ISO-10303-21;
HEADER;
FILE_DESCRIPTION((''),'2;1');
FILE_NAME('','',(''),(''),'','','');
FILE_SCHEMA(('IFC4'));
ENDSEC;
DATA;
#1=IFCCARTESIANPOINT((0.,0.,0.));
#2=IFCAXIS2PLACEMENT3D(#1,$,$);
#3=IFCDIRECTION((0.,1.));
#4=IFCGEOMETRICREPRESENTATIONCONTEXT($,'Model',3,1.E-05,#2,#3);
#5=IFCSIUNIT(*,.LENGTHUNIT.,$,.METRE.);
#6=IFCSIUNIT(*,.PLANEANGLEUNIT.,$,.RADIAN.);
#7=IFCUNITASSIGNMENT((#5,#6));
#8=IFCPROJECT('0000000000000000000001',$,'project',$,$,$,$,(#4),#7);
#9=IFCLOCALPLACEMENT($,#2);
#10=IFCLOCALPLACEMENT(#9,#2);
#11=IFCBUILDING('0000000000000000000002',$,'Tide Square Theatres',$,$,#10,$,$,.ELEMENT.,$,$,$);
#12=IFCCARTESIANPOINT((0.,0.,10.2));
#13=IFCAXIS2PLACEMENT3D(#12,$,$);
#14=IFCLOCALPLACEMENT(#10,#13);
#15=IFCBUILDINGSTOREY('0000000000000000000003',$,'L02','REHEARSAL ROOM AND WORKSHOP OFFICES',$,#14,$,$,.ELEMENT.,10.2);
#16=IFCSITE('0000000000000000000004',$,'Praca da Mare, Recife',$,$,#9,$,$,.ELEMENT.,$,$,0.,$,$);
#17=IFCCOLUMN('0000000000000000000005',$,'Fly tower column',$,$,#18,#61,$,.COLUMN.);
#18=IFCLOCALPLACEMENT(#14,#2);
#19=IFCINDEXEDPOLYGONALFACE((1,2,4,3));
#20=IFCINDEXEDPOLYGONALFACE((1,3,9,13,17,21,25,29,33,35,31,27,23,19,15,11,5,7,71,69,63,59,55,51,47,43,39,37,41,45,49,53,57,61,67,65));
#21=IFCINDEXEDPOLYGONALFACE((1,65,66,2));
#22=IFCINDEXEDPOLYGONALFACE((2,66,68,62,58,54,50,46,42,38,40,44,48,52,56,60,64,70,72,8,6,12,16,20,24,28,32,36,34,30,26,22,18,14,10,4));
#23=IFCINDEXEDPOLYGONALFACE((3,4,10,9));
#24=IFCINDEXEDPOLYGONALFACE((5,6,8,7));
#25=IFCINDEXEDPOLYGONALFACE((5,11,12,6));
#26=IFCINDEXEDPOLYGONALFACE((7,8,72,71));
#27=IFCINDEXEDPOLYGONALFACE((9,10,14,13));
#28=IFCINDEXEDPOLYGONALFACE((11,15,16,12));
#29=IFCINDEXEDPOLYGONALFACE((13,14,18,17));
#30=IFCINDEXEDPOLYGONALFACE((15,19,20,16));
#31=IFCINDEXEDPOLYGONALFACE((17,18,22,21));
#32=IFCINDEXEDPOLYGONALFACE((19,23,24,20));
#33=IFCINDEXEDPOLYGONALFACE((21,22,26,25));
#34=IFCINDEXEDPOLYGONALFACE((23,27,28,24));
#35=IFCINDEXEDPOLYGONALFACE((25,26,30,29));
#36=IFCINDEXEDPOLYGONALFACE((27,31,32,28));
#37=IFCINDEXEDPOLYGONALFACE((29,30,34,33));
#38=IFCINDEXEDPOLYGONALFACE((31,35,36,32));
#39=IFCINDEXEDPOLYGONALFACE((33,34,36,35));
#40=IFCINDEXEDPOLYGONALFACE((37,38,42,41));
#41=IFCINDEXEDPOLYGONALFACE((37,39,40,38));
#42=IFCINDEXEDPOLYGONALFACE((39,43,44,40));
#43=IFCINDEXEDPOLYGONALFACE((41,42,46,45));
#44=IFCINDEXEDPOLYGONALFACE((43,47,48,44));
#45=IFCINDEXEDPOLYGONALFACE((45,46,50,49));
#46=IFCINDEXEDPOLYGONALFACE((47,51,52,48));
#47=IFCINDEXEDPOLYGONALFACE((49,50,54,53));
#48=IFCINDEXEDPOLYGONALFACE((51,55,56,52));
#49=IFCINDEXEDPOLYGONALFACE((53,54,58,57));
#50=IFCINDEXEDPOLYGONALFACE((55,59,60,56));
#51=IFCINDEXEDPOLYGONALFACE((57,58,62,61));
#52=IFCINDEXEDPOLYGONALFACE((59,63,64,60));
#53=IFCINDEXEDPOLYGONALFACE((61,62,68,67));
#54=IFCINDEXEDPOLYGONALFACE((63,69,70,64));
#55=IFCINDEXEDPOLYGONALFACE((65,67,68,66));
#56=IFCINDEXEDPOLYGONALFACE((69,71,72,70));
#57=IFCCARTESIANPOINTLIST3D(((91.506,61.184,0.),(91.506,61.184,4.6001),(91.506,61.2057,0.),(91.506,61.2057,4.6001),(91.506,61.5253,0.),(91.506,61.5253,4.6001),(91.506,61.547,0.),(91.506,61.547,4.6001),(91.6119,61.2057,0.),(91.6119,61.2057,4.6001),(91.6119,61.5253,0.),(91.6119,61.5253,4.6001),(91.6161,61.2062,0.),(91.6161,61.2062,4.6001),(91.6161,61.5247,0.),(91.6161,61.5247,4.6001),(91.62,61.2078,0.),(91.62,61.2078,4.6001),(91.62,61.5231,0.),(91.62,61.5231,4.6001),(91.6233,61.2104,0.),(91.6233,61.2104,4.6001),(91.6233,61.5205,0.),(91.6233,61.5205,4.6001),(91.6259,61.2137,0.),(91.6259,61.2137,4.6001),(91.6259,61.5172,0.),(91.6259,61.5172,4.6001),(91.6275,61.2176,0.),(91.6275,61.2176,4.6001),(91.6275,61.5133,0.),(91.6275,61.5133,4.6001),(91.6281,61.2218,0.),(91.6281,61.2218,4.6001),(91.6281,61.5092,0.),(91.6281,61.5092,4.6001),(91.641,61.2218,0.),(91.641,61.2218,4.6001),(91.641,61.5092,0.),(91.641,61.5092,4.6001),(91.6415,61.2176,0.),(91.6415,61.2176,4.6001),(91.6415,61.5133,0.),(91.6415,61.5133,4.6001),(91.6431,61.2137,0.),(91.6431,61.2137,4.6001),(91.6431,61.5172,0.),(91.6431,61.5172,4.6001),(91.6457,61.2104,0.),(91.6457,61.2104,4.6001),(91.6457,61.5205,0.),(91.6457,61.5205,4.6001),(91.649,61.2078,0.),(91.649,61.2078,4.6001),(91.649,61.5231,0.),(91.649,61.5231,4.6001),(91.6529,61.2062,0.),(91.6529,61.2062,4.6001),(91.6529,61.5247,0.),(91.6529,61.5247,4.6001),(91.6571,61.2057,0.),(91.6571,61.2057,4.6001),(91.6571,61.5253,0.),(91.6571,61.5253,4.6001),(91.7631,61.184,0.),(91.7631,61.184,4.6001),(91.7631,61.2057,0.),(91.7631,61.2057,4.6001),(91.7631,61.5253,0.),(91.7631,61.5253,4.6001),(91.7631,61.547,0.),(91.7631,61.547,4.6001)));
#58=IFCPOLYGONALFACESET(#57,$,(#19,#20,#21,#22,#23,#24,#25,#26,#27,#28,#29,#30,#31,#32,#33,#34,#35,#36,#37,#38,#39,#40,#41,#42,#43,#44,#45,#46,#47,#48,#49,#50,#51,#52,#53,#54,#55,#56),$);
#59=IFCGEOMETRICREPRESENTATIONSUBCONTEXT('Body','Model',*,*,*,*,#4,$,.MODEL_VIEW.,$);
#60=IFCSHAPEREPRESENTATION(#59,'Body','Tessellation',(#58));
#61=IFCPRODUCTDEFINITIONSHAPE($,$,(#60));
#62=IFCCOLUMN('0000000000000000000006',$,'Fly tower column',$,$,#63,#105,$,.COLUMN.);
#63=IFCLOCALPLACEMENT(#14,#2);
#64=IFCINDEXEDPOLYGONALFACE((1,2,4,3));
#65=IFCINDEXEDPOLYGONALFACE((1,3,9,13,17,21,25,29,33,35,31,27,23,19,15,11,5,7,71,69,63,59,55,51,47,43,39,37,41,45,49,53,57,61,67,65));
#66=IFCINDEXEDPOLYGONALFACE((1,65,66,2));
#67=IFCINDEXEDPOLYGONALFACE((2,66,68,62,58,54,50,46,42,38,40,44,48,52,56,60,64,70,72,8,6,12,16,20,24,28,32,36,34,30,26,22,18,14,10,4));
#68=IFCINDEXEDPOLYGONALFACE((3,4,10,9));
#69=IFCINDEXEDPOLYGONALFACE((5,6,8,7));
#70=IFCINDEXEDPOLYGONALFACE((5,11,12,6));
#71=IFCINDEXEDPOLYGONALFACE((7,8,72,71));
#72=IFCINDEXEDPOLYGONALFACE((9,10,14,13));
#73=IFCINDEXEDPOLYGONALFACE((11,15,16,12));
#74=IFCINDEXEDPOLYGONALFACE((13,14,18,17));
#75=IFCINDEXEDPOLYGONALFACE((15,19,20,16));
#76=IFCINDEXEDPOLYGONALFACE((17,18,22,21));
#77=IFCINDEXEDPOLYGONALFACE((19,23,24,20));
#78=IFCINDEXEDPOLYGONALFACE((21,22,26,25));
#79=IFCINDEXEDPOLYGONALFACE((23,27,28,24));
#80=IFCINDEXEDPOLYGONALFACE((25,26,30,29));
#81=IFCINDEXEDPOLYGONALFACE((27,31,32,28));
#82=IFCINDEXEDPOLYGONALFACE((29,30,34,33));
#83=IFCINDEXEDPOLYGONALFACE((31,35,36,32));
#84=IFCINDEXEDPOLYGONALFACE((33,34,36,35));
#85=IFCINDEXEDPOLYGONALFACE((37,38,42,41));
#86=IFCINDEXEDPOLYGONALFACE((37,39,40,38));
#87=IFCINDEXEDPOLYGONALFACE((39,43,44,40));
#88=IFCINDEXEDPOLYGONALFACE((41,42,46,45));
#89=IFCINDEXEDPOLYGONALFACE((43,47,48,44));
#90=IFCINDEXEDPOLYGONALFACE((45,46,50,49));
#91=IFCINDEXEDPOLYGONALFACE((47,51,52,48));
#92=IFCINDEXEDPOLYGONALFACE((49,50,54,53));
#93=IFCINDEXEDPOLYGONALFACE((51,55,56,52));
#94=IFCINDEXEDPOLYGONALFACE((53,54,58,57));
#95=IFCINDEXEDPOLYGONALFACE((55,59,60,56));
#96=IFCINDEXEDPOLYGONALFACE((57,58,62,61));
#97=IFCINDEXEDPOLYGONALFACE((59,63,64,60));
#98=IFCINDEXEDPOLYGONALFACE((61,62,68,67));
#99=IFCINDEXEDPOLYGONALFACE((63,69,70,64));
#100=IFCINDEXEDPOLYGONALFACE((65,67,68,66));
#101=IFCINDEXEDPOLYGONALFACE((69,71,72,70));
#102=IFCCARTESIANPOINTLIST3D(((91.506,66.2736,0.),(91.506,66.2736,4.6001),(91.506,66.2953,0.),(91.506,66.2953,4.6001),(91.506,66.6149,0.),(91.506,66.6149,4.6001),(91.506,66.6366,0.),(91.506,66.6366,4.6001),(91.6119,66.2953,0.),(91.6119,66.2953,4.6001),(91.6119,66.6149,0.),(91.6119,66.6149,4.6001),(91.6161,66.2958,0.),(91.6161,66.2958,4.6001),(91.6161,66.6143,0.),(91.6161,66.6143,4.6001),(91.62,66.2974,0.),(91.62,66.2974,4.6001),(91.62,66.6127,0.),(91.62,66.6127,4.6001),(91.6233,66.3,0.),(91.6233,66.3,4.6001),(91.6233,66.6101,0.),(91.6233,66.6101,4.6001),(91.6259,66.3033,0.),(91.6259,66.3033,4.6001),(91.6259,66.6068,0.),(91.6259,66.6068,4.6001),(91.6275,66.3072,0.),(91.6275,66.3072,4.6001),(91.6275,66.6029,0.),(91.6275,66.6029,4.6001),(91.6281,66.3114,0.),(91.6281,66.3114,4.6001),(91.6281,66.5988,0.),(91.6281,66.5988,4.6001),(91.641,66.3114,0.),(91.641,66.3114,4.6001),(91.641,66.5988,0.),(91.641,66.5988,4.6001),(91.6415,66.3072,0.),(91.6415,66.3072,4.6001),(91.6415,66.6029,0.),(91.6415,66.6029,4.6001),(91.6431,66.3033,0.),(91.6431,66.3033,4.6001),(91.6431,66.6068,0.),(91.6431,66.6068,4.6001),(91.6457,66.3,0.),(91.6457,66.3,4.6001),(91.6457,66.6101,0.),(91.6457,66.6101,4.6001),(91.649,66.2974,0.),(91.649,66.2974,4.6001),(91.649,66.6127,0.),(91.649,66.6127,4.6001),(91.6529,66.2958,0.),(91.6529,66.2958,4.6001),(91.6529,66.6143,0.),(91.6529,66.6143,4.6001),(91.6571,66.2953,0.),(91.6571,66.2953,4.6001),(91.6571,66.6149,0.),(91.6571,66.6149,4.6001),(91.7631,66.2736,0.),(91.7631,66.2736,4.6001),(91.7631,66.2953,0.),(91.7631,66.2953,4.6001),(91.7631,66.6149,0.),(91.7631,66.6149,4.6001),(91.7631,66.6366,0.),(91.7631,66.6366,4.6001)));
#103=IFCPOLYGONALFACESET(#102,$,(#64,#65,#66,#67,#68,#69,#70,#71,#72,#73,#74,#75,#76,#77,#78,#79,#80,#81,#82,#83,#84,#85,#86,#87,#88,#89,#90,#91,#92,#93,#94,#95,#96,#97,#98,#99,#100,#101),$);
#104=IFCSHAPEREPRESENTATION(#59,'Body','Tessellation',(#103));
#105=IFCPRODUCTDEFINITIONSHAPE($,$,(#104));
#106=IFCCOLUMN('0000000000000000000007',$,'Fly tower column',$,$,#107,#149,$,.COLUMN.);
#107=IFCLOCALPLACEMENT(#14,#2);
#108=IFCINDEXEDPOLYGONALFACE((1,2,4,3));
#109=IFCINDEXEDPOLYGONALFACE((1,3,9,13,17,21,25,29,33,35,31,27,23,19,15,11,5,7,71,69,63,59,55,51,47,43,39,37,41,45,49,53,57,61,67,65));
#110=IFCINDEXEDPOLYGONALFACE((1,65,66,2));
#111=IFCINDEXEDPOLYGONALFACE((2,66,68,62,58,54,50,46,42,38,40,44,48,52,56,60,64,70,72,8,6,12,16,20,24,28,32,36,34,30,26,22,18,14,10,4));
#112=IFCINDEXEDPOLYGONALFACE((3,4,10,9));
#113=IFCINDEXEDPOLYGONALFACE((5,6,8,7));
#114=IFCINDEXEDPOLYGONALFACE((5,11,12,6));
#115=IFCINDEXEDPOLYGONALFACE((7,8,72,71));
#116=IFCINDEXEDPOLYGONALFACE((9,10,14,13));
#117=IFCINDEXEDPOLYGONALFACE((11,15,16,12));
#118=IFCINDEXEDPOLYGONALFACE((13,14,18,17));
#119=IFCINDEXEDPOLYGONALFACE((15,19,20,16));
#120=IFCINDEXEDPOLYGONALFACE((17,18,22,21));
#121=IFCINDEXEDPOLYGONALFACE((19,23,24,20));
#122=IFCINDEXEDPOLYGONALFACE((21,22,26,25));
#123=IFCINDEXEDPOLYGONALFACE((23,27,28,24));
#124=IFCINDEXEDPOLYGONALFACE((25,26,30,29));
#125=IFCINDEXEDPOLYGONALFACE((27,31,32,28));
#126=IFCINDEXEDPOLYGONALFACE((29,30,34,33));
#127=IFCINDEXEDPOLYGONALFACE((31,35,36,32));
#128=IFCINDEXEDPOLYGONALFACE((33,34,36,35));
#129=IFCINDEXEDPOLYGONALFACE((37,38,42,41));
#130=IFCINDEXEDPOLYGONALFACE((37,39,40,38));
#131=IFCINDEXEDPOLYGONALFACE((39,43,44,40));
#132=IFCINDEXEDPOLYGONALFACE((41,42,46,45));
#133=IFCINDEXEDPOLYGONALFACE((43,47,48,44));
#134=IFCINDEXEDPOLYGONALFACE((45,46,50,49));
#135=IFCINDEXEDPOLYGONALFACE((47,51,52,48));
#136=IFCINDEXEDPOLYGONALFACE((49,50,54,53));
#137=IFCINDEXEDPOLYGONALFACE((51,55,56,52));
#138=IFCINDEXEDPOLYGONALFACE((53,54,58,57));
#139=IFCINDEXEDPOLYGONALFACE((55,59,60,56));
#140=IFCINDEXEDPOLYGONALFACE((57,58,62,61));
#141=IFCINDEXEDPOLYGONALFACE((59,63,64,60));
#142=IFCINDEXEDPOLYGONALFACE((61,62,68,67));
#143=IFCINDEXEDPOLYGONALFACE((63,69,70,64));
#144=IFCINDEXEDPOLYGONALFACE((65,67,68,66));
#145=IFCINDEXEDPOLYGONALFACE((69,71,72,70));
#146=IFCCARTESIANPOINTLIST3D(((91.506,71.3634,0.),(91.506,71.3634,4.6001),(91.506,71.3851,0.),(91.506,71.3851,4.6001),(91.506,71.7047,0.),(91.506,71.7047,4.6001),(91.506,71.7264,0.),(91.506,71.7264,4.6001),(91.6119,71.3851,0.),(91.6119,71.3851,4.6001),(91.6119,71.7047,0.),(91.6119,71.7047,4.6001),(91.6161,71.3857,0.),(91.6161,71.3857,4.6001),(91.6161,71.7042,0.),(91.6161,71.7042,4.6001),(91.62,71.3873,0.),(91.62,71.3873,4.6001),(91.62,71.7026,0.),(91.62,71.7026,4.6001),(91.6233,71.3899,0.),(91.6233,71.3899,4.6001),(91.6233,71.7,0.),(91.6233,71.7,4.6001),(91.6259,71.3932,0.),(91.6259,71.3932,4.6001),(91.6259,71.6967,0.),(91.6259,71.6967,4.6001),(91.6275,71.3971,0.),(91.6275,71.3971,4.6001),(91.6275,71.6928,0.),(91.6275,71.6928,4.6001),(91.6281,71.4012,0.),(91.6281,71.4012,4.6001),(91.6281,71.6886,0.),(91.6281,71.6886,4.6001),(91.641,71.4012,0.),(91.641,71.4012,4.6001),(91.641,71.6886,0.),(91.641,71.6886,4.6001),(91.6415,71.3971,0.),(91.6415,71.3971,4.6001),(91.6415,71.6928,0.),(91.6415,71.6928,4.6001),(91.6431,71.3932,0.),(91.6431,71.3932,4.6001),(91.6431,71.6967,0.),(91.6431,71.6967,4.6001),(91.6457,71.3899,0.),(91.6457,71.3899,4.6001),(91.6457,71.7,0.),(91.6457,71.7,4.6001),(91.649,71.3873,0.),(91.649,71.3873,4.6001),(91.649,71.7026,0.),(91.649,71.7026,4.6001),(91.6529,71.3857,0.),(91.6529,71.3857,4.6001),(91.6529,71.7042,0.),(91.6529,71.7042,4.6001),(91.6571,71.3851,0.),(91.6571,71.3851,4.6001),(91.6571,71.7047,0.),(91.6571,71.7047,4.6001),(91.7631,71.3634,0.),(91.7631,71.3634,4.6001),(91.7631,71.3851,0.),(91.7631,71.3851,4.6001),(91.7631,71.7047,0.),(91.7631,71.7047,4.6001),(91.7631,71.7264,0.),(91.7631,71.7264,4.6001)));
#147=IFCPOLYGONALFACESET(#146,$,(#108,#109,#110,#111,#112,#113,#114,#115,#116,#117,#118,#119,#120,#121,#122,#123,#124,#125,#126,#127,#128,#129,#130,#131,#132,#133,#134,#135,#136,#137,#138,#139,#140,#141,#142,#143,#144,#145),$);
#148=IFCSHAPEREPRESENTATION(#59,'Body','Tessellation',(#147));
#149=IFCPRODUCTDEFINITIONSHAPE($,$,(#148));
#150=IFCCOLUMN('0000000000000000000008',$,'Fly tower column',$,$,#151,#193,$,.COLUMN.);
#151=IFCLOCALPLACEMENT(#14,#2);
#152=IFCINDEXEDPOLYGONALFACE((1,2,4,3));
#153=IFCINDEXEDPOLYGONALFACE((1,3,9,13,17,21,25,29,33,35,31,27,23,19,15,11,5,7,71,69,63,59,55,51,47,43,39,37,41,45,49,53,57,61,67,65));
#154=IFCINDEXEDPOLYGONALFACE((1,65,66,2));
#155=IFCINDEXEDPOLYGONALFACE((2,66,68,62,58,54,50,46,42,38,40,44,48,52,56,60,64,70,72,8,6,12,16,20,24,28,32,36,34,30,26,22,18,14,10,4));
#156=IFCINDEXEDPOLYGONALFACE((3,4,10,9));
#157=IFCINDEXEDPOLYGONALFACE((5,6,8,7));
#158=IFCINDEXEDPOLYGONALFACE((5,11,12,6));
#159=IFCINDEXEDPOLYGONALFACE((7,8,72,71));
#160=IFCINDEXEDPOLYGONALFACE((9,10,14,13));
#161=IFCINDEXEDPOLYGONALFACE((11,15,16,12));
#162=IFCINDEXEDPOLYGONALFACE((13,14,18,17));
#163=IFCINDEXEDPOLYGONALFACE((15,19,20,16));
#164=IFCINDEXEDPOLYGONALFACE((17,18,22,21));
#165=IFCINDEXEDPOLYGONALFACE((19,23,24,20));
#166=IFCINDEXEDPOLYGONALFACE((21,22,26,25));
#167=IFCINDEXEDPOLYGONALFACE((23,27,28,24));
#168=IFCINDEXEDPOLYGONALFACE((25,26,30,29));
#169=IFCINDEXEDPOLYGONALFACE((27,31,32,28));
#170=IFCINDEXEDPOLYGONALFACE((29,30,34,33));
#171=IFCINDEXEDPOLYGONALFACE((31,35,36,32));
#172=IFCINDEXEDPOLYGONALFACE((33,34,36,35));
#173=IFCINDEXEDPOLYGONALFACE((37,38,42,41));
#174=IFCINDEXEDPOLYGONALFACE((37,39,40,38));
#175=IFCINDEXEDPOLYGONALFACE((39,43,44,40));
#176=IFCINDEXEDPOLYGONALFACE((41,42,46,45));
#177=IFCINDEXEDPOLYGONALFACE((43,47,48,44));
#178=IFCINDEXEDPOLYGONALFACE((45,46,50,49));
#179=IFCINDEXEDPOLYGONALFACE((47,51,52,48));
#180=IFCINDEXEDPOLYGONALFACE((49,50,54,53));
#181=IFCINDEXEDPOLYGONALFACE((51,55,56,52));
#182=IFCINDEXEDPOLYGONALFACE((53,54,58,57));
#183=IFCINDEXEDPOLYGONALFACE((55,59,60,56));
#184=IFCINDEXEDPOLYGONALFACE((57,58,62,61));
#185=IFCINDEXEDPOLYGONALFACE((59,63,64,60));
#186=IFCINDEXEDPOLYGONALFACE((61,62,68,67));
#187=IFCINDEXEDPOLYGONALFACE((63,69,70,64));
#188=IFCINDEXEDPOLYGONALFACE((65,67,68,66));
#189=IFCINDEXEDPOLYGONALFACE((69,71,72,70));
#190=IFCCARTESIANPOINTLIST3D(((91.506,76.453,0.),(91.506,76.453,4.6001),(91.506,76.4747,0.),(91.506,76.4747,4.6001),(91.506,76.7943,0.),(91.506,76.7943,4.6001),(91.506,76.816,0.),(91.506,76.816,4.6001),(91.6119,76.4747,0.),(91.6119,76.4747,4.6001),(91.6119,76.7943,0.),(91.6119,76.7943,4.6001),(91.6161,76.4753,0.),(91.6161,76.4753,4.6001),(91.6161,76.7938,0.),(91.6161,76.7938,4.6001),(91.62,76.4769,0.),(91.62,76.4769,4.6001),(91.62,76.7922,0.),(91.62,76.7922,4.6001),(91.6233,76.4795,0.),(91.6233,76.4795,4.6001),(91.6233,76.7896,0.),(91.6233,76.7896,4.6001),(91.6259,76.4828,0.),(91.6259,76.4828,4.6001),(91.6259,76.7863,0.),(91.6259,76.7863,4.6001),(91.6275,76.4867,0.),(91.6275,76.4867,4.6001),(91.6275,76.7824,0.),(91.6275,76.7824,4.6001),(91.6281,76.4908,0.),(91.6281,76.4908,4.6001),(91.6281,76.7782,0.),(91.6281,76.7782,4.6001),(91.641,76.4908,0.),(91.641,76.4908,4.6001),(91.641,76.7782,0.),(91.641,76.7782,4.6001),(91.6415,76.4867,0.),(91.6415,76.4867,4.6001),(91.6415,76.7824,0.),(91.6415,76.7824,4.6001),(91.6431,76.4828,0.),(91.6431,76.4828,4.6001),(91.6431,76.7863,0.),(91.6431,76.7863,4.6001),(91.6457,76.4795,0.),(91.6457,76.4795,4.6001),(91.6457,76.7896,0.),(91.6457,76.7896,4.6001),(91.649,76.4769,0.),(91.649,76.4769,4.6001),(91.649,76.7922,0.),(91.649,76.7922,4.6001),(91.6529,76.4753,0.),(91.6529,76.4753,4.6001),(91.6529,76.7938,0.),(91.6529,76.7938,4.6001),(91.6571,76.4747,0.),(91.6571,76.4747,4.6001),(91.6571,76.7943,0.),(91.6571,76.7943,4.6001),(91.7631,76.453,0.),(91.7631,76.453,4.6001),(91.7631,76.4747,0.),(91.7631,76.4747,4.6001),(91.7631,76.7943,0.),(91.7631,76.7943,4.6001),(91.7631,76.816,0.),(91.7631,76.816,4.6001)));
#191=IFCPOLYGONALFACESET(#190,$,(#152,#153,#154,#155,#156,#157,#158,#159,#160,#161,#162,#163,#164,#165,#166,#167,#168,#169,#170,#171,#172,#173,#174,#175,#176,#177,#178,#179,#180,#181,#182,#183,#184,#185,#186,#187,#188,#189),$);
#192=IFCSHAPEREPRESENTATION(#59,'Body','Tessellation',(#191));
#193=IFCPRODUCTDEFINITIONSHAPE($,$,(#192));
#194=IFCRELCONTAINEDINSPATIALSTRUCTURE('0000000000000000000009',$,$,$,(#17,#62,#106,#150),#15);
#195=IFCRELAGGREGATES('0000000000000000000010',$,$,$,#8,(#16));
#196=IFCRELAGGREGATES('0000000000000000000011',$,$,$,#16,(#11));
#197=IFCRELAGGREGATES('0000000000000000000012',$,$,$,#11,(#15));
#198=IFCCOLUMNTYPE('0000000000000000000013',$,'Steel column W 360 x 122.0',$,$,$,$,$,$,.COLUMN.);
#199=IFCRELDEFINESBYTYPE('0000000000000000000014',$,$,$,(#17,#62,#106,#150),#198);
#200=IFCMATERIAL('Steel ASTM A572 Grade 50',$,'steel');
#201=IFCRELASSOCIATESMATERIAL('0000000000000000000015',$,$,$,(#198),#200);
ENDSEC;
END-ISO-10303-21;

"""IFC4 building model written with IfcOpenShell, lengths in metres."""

from ifc_helpers import new_model, si_unit, direction, frame, origin, origin_2d, place, context, subcontext, project, spatial, i_section, extrude, material, material_profile, profile_set, type_object, element, save


model = new_model("IFC4")

# Units and contexts
model_context = context("Model", 3, precision=1e-05, world=origin(), true_north=direction((0.0, 1.0)))
body_context = subcontext(model_context, "Body", "Model", "MODEL_VIEW")
ifc_project = project(units=[si_unit("LENGTHUNIT", "METRE"), si_unit("PLANEANGLEUNIT", "RADIAN")], contexts=[model_context])

# Site, building, storey
site_placement = place(None, origin())
site = spatial("IfcSite", under=ifc_project, at=site_placement, Name="Praca da Mare, Recife", CompositionType="ELEMENT", RefElevation=0.0)
building_placement = place(site_placement, origin())
building = spatial("IfcBuilding", under=site, at=building_placement, Name="Tide Square Theatres", CompositionType="ELEMENT")
storey_placement = place(building_placement, frame((0.0, 0.0, 10.2)))
storey = spatial("IfcBuildingStorey", under=building, at=storey_placement, Name="L02", Description="REHEARSAL ROOM AND WORKSHOP OFFICES", CompositionType="ELEMENT", Elevation=10.2)

# Columns
ifc_material_1 = material(Name="Steel ASTM A572 Grade 50", Category="steel")
ifc_material_profile_1 = material_profile(ifc_material_1, i_section(OverallWidth=0.2571, OverallDepth=0.363, WebThickness=0.0129, FlangeThickness=0.0217, FilletRadius=0.0161, at=origin_2d()))
ifc_profile_set_1 = profile_set([ifc_material_profile_1], Name="Steel ASTM A572 Grade 50")
column_type = type_object("IfcColumnType", Name="Steel column W 360 x 122.0", PredefinedType="COLUMN", material=ifc_profile_set_1)
for number, where, z_axis, x_axis, name in (
    (1, (91.6345, 61.3655, 0.0), (0.0, 0.0, 1.0), (1.0, 0.0, 0.0), "Fly tower column"),
    (2, (91.6345, 66.4551, 0.0), (0.0, 0.0, 1.0), (1.0, 0.0, 0.0), "Fly tower column"),
    (3, (91.6345, 71.5449, 0.0), (0.0, 0.0, 1.0), (1.0, 0.0, 0.0), "Fly tower column"),
    (4, (91.6345, 76.6345, 0.0), (0.0, 0.0, 1.0), (1.0, 0.0, 0.0), "Fly tower column"),
):
    element("IfcColumn", number, at=place(storey_placement, frame(where, z_axis=z_axis, x_axis=x_axis)), inside=storey, type_object=column_type, Name=name, PredefinedType="COLUMN", context=body_context, shape_type="SweptSolid", body=[
        extrude(i_section(OverallWidth=0.2571, OverallDepth=0.363, WebThickness=0.0129, FlangeThickness=0.0217, FilletRadius=0.0161, at=origin_2d()), origin(), (0.0, 0.0, 1.0), 4.6001),
    ])

save(model, "model.ifc")
